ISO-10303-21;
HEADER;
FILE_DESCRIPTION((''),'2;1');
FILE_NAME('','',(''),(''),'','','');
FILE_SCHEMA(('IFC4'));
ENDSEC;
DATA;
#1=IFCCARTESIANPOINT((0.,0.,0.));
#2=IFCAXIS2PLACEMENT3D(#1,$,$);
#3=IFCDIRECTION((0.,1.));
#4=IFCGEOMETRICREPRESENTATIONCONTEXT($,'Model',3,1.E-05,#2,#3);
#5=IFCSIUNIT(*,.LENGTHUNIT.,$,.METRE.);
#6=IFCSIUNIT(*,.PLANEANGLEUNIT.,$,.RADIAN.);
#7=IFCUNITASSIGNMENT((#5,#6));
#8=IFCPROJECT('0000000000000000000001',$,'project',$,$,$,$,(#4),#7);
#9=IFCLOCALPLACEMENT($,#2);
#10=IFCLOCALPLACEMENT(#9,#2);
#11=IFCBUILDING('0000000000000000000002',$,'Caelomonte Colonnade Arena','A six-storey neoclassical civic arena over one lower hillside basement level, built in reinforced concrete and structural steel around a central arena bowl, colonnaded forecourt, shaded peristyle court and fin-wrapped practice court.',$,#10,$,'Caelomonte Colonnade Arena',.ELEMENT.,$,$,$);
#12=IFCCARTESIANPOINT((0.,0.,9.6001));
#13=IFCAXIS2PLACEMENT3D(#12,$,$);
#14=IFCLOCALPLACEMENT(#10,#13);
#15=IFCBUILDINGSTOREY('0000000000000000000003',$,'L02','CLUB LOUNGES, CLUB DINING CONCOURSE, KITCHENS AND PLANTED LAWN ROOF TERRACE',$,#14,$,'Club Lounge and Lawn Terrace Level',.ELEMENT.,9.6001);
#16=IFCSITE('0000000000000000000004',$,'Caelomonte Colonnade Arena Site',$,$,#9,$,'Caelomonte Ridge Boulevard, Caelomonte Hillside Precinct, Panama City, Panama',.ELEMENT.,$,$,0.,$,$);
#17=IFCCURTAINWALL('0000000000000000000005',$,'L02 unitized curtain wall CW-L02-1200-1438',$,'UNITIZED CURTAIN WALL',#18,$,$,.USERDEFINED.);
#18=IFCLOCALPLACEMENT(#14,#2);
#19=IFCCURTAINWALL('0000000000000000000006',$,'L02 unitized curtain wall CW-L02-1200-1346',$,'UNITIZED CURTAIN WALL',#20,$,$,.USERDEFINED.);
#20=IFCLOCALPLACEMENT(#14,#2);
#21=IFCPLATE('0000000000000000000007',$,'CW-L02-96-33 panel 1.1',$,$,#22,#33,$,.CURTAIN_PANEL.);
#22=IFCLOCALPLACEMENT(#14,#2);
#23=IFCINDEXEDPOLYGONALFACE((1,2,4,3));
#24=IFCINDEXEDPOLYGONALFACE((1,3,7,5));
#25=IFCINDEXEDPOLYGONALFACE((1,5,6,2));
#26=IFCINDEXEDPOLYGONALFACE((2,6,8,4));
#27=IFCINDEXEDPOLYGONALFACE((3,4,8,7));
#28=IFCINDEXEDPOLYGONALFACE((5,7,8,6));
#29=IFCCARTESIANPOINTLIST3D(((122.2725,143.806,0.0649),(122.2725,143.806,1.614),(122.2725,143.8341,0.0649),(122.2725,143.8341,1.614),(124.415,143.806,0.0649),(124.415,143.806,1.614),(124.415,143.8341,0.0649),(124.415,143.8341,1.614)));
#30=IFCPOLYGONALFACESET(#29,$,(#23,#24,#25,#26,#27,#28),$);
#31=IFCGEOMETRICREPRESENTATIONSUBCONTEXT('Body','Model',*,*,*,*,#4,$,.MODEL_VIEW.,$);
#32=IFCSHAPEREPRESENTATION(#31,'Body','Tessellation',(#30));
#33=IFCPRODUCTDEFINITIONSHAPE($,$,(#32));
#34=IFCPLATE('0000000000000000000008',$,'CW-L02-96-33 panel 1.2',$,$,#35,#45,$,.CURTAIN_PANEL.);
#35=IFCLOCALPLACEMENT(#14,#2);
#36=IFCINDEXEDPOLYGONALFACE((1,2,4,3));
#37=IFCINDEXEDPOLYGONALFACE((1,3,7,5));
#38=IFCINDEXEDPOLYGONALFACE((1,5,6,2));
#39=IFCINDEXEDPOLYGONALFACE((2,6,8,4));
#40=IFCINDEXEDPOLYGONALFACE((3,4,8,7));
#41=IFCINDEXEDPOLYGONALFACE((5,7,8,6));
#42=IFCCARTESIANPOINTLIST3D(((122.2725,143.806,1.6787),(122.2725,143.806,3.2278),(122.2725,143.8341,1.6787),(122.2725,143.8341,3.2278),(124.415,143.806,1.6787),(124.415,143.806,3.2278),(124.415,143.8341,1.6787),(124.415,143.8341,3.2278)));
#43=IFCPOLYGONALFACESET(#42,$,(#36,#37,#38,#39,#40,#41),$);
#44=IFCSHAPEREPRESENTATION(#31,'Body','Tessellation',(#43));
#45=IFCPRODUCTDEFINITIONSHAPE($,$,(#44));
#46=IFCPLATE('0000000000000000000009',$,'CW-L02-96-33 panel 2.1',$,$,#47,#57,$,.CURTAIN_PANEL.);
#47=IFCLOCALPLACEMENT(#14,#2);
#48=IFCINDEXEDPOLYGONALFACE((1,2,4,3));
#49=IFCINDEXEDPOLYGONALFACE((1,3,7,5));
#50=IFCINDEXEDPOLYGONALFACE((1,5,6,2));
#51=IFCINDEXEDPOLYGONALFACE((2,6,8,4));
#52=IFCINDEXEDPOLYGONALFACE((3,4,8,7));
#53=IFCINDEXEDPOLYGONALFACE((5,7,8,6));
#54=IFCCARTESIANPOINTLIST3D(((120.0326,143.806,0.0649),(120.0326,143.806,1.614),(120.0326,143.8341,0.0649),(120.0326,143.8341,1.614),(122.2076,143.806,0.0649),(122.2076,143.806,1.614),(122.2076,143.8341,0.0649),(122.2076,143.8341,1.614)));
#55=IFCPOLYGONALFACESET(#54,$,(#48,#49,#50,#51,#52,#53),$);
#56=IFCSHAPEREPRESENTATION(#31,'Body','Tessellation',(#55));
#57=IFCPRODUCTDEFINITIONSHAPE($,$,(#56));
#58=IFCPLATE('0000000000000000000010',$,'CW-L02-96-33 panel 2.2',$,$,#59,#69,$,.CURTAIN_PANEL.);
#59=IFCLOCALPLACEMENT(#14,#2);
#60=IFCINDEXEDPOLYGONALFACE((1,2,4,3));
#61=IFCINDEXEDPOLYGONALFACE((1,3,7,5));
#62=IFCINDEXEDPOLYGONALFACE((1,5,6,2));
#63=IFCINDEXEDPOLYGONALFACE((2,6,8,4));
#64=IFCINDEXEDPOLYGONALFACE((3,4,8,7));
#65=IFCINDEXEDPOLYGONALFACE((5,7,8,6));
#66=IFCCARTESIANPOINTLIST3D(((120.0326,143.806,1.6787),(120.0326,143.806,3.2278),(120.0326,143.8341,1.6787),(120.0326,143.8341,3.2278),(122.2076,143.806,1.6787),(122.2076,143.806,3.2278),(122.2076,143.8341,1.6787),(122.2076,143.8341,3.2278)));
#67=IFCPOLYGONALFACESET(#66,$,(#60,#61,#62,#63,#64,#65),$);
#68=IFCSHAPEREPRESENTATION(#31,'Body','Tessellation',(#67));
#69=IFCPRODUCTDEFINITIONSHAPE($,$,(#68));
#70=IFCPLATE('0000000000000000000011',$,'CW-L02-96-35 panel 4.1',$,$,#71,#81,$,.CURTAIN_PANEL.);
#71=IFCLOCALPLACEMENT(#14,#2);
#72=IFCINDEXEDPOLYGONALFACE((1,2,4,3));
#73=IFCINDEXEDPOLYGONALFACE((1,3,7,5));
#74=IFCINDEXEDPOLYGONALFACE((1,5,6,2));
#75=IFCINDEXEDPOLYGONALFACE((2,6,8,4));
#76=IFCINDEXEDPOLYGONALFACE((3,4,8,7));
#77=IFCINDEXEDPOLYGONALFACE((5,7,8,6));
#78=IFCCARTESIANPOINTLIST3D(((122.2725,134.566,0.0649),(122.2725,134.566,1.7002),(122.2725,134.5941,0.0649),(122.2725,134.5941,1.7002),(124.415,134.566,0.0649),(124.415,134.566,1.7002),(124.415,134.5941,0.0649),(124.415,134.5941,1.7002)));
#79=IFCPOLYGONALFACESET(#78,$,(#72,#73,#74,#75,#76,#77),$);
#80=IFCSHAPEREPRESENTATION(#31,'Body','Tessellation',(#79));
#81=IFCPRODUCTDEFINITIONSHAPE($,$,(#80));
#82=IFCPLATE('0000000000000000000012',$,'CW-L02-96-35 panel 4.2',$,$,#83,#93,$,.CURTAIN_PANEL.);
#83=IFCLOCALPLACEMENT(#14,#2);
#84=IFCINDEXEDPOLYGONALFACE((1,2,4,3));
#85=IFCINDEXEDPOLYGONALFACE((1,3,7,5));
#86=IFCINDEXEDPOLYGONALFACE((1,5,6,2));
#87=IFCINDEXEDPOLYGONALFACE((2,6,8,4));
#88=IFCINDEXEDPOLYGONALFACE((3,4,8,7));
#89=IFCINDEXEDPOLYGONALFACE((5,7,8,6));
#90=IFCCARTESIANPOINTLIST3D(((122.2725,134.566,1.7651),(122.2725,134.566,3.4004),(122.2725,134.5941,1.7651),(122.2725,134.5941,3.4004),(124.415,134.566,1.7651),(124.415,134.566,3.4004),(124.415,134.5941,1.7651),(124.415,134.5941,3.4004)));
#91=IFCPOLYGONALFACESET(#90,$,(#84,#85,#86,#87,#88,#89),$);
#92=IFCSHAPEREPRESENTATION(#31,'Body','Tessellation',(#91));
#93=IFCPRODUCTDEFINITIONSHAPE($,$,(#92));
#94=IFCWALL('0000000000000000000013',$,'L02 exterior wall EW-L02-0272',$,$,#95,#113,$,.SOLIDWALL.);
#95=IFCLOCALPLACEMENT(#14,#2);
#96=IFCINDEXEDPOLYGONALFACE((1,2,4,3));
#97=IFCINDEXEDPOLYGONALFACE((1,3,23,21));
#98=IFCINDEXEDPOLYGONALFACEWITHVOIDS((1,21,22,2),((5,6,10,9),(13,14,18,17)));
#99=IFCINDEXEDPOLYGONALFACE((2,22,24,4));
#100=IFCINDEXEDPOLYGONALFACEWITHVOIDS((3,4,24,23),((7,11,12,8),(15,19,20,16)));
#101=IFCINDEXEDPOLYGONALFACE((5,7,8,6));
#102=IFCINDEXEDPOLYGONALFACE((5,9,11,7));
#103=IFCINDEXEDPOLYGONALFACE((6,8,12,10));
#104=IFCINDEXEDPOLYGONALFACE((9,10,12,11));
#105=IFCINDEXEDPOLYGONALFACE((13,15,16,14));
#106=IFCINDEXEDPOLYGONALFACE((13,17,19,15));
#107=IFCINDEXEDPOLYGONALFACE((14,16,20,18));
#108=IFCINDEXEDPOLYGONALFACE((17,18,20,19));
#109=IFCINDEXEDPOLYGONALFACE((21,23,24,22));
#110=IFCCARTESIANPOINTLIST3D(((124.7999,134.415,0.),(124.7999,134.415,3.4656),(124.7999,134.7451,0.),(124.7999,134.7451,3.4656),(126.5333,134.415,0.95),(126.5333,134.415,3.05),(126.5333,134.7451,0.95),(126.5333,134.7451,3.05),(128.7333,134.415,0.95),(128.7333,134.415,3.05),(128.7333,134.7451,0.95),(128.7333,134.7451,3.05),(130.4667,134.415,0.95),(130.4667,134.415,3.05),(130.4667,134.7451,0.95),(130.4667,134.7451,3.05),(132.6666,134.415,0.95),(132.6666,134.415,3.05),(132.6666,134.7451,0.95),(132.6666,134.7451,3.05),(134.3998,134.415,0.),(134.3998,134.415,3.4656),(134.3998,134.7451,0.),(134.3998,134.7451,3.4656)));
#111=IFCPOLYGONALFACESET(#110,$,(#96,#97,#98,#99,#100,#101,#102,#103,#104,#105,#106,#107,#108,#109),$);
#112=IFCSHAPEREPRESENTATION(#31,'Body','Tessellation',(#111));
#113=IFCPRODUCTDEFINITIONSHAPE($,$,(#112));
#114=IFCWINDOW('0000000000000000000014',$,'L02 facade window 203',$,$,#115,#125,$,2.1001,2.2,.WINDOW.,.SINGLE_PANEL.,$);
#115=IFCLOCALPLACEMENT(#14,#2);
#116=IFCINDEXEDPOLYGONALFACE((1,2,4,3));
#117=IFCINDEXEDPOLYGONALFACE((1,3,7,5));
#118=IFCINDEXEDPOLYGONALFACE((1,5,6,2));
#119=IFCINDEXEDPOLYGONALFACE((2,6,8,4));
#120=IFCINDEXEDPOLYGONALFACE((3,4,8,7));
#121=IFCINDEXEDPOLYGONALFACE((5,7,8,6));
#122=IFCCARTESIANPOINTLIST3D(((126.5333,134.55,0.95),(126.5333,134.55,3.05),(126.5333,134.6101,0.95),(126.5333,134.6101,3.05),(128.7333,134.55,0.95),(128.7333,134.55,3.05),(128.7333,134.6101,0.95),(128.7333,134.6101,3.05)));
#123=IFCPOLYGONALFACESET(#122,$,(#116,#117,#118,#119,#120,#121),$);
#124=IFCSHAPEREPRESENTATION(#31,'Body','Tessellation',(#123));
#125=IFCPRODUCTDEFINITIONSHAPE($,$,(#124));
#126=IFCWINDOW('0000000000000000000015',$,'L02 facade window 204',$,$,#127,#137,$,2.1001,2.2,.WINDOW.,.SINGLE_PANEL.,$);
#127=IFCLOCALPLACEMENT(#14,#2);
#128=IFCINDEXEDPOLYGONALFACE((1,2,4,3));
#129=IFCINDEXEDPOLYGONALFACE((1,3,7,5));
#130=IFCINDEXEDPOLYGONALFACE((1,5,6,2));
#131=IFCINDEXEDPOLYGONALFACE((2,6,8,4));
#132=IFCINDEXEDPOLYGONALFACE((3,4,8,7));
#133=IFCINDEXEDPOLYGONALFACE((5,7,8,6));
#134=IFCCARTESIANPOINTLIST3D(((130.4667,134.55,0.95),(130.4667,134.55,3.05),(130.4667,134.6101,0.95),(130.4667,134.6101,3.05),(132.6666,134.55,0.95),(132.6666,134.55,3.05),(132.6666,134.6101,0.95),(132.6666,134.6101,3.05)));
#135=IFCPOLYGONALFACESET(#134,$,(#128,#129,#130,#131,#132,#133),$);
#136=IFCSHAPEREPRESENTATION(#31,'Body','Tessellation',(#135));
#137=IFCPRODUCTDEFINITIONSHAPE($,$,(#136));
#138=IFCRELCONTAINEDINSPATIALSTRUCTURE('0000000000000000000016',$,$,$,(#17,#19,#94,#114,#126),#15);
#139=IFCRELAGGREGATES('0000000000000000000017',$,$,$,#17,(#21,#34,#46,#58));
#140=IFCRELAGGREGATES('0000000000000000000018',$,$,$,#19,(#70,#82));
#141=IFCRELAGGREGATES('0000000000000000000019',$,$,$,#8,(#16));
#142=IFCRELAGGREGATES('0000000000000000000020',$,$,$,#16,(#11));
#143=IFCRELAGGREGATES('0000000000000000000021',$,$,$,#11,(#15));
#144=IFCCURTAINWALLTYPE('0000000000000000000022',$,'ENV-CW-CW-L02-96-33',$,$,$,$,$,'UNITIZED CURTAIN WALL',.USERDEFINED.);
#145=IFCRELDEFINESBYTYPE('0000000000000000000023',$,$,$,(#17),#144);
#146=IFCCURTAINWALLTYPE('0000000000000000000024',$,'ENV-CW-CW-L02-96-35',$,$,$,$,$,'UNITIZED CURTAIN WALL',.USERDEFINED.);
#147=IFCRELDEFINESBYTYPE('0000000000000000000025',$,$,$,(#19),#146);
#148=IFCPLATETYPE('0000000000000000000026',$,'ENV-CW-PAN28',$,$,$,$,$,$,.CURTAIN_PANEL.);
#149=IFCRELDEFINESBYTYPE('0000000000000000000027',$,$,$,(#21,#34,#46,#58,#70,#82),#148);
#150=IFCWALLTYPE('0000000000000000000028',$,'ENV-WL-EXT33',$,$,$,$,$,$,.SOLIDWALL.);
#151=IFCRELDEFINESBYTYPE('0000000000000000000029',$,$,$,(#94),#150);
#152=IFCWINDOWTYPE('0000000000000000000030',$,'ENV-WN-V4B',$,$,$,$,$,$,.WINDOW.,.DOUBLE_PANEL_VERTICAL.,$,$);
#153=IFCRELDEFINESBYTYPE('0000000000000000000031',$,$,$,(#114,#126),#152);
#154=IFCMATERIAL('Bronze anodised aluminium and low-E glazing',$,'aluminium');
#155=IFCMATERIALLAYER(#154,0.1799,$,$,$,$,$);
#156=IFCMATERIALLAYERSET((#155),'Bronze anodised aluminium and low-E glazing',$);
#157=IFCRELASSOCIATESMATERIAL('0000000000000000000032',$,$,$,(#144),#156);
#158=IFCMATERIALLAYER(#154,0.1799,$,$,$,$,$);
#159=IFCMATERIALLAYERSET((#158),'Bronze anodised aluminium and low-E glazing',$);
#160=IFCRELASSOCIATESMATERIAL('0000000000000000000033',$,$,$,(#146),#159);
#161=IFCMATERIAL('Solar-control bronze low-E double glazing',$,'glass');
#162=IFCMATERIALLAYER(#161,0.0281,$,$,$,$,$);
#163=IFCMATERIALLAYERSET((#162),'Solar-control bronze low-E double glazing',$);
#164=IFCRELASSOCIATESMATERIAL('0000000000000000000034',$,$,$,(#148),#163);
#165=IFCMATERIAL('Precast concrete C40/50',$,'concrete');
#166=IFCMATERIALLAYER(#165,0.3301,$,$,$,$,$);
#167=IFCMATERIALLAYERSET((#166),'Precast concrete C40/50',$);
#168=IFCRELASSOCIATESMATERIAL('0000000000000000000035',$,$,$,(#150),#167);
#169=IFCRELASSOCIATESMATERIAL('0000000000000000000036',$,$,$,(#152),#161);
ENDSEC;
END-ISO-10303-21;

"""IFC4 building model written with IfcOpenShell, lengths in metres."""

from ifc_helpers import new_model, si_unit, direction, frame, frame_2d, origin, origin_2d, place, context, subcontext, project, spatial, rectangle, extrude, material, layer, layer_set, type_object, element, fill, aggregate, save


model = new_model("IFC4")

# Units and contexts
model_context = context("Model", 3, precision=1e-05, world=origin(), true_north=direction((0.0, 1.0)))
body_context = subcontext(model_context, "Body", "Model", "MODEL_VIEW")
ifc_project = project(units=[si_unit("LENGTHUNIT", "METRE"), si_unit("PLANEANGLEUNIT", "RADIAN")], contexts=[model_context])

# Site, building, storey
site_placement = place(None, origin())
site = spatial("IfcSite", under=ifc_project, at=site_placement, Name="Caelomonte Colonnade Arena Site", LongName="Caelomonte Ridge Boulevard, Caelomonte Hillside Precinct, Panama City, Panama", CompositionType="ELEMENT", RefElevation=0.0)
building_placement = place(site_placement, origin())
building = spatial("IfcBuilding", under=site, at=building_placement, Name="Caelomonte Colonnade Arena", Description="A six-storey neoclassical civic arena over one lower hillside basement level, built in reinforced concrete and structural steel around a central arena bowl, colonnaded forecourt, shaded peristyle court and fin-wrapped practice court.", LongName="Caelomonte Colonnade Arena", CompositionType="ELEMENT")
storey_placement = place(building_placement, frame((0.0, 0.0, 9.6001)))
storey = spatial("IfcBuildingStorey", under=building, at=storey_placement, Name="L02", Description="CLUB LOUNGES, CLUB DINING CONCOURSE, KITCHENS AND PLANTED LAWN ROOF TERRACE", LongName="Club Lounge and Lawn Terrace Level", CompositionType="ELEMENT", Elevation=9.6001)

# Curtain wall
ifc_material_1 = material(Name="Bronze anodised aluminium and low-E glazing", Category="aluminium")
ifc_layer_1 = layer(ifc_material_1, 0.1799)
ifc_layer_set_1 = layer_set([ifc_layer_1], Name="Bronze anodised aluminium and low-E glazing")
curtain_wall_type_1 = type_object("IfcCurtainWallType", Name="ENV-CW-CW-L02-96-33", ElementType="UNITIZED CURTAIN WALL", PredefinedType="USERDEFINED", material=ifc_layer_set_1)
curtain_wall_1_placement = place(storey_placement, origin())
curtain_wall_1 = element("IfcCurtainWall", 1, at=curtain_wall_1_placement, inside=storey, type_object=curtain_wall_type_1, Name="L02 unitized curtain wall CW-L02-1200-1438", ObjectType="UNITIZED CURTAIN WALL", PredefinedType="USERDEFINED")

# Curtain wall
ifc_layer_2 = layer(ifc_material_1, 0.1799)
ifc_layer_set_2 = layer_set([ifc_layer_2], Name="Bronze anodised aluminium and low-E glazing")
curtain_wall_type_2 = type_object("IfcCurtainWallType", Name="ENV-CW-CW-L02-96-35", ElementType="UNITIZED CURTAIN WALL", PredefinedType="USERDEFINED", material=ifc_layer_set_2)
curtain_wall_2_placement = place(storey_placement, origin())
curtain_wall_2 = element("IfcCurtainWall", 2, at=curtain_wall_2_placement, inside=storey, type_object=curtain_wall_type_2, Name="L02 unitized curtain wall CW-L02-1200-1346", ObjectType="UNITIZED CURTAIN WALL", PredefinedType="USERDEFINED")

# Plates
ifc_material_2 = material(Name="Solar-control bronze low-E double glazing", Category="glass")
ifc_layer_3 = layer(ifc_material_2, 0.0281)
ifc_layer_set_3 = layer_set([ifc_layer_3], Name="Solar-control bronze low-E double glazing")
plate_type = type_object("IfcPlateType", Name="ENV-CW-PAN28", PredefinedType="CURTAIN_PANEL", material=ifc_layer_set_3)
plate_1_placement = place(storey_placement, frame((123.3438, 143.8201, 0.0649), z_axis=(0.0, 0.0, 1.0), x_axis=(-1.0, 0.0, 0.0)))
plate_1 = element("IfcPlate", 3, at=plate_1_placement, type_object=plate_type, Name="CW-L02-96-33 panel 1.1", PredefinedType="CURTAIN_PANEL", context=body_context, shape_type="SweptSolid", body=[
    extrude(rectangle(XDim=2.1426, YDim=0.0281, at=origin_2d()), origin(), (0.0, 0.0, 1.0), 1.5491),
])
plate_2_placement = place(storey_placement, frame((123.3438, 143.8201, 1.6787), z_axis=(0.0, 0.0, 1.0), x_axis=(-1.0, 0.0, 0.0)))
plate_2 = element("IfcPlate", 4, at=plate_2_placement, type_object=plate_type, Name="CW-L02-96-33 panel 1.2", PredefinedType="CURTAIN_PANEL", context=body_context, shape_type="SweptSolid", body=[
    extrude(rectangle(XDim=2.1426, YDim=0.0281, at=origin_2d()), origin(), (0.0, 0.0, 1.0), 1.5491),
])
plate_3_placement = place(storey_placement, frame((121.1201, 143.8201, 0.0649), z_axis=(0.0, 0.0, 1.0), x_axis=(-1.0, 0.0, 0.0)))
plate_3 = element("IfcPlate", 5, at=plate_3_placement, type_object=plate_type, Name="CW-L02-96-33 panel 2.1", PredefinedType="CURTAIN_PANEL", context=body_context, shape_type="SweptSolid", body=[
    extrude(rectangle(XDim=2.175, YDim=0.0281, at=origin_2d()), origin(), (0.0, 0.0, 1.0), 1.5491),
])
plate_4_placement = place(storey_placement, frame((121.1201, 143.8201, 1.6787), z_axis=(0.0, 0.0, 1.0), x_axis=(-1.0, 0.0, 0.0)))
plate_4 = element("IfcPlate", 6, at=plate_4_placement, type_object=plate_type, Name="CW-L02-96-33 panel 2.2", PredefinedType="CURTAIN_PANEL", context=body_context, shape_type="SweptSolid", body=[
    extrude(rectangle(XDim=2.175, YDim=0.0281, at=origin_2d()), origin(), (0.0, 0.0, 1.0), 1.5491),
])
aggregate(curtain_wall_1, [plate_1, plate_2, plate_3, plate_4])
plate_5_placement = place(storey_placement, frame((123.3438, 134.5801, 0.0649), z_axis=(0.0, 0.0, 1.0), x_axis=(1.0, 0.0, 0.0)))
plate_5 = element("IfcPlate", 7, at=plate_5_placement, type_object=plate_type, Name="CW-L02-96-35 panel 4.1", PredefinedType="CURTAIN_PANEL", context=body_context, shape_type="SweptSolid", body=[
    extrude(rectangle(XDim=2.1426, YDim=0.0281, at=origin_2d()), origin(), (0.0, 0.0, 1.0), 1.6353),
])
plate_6_placement = place(storey_placement, frame((123.3438, 134.5801, 1.7651), z_axis=(0.0, 0.0, 1.0), x_axis=(1.0, 0.0, 0.0)))
plate_6 = element("IfcPlate", 8, at=plate_6_placement, type_object=plate_type, Name="CW-L02-96-35 panel 4.2", PredefinedType="CURTAIN_PANEL", context=body_context, shape_type="SweptSolid", body=[
    extrude(rectangle(XDim=2.1426, YDim=0.0281, at=origin_2d()), origin(), (0.0, 0.0, 1.0), 1.6353),
])
aggregate(curtain_wall_2, [plate_5, plate_6])

# Wall, openings, windows
ifc_material_3 = material(Name="Precast concrete C40/50", Category="concrete")
ifc_layer_4 = layer(ifc_material_3, 0.3301)
ifc_layer_set_4 = layer_set([ifc_layer_4], Name="Precast concrete C40/50")
wall_type = type_object("IfcWallType", Name="ENV-WL-EXT33", PredefinedType="SOLIDWALL", material=ifc_layer_set_4)
wall_placement = place(storey_placement, frame((124.8, 134.5801, 0.0), z_axis=(0.0, 0.0, 1.0), x_axis=(1.0, 0.0, 0.0)))
wall = element("IfcWall", 9, at=wall_placement, inside=storey, type_object=wall_type, Name="L02 exterior wall EW-L02-0272", PredefinedType="SOLIDWALL", context=body_context, shape_type="SweptSolid", body=[
    extrude(rectangle(XDim=9.5999, YDim=0.3301, at=frame_2d((4.7998, 0.0))), origin(), (0.0, 0.0, 1.0), 3.4656),
])
opening_1_placement = place(wall_placement, frame((3.9333, 0.0, 0.95), z_axis=(0.0, 0.0, 1.0), x_axis=(-1.0, 0.0, 0.0)))
opening_1 = element("IfcOpeningElement", 10, at=opening_1_placement, cuts=wall, PredefinedType="OPENING", context=body_context, shape_type="SweptSolid", body=[
    extrude(rectangle(XDim=2.2, YDim=2.1001, at=frame_2d((1.1001, 1.05))), frame((0.0, 0.175, 0.0), z_axis=(0.0, -1.0, 0.0), x_axis=(1.0, 0.0, 0.0)), (0.0, 0.0, 1.0), 0.3501),
])
opening_2_placement = place(wall_placement, frame((7.8667, 0.0, 0.95), z_axis=(0.0, 0.0, 1.0), x_axis=(-1.0, 0.0, 0.0)))
opening_2 = element("IfcOpeningElement", 11, at=opening_2_placement, cuts=wall, PredefinedType="OPENING", context=body_context, shape_type="SweptSolid", body=[
    extrude(rectangle(XDim=2.2, YDim=2.1001, at=frame_2d((1.1001, 1.05))), frame((0.0, 0.175, 0.0), z_axis=(0.0, -1.0, 0.0), x_axis=(1.0, 0.0, 0.0)), (0.0, 0.0, 1.0), 0.3501),
])
window_type = type_object("IfcWindowType", Name="ENV-WN-V4B", PartitioningType="DOUBLE_PANEL_VERTICAL", PredefinedType="WINDOW", material=ifc_material_2)
window_1_placement = place(opening_1_placement, origin())
window_1 = element("IfcWindow", 12, at=window_1_placement, inside=storey, type_object=window_type, Name="L02 facade window 203", OverallHeight=2.1001, OverallWidth=2.2, PartitioningType="SINGLE_PANEL", PredefinedType="WINDOW", context=body_context, shape_type="SweptSolid", body=[
    extrude(rectangle(XDim=2.2, YDim=2.1001, at=frame_2d((1.1001, 1.05))), frame((0.0, 0.03, 0.0), z_axis=(0.0, -1.0, 0.0), x_axis=(1.0, 0.0, 0.0)), (0.0, 0.0, 1.0), 0.0601),
])
fill(opening_1, window_1)
window_2_placement = place(opening_2_placement, origin())
window_2 = element("IfcWindow", 13, at=window_2_placement, inside=storey, type_object=window_type, Name="L02 facade window 204", OverallHeight=2.1001, OverallWidth=2.2, PartitioningType="SINGLE_PANEL", PredefinedType="WINDOW", context=body_context, shape_type="SweptSolid", body=[
    extrude(rectangle(XDim=2.2, YDim=2.1001, at=frame_2d((1.1001, 1.05))), frame((0.0, 0.03, 0.0), z_axis=(0.0, -1.0, 0.0), x_axis=(1.0, 0.0, 0.0)), (0.0, 0.0, 1.0), 0.0601),
])
fill(opening_2, window_2)

save(model, "model.ifc")
